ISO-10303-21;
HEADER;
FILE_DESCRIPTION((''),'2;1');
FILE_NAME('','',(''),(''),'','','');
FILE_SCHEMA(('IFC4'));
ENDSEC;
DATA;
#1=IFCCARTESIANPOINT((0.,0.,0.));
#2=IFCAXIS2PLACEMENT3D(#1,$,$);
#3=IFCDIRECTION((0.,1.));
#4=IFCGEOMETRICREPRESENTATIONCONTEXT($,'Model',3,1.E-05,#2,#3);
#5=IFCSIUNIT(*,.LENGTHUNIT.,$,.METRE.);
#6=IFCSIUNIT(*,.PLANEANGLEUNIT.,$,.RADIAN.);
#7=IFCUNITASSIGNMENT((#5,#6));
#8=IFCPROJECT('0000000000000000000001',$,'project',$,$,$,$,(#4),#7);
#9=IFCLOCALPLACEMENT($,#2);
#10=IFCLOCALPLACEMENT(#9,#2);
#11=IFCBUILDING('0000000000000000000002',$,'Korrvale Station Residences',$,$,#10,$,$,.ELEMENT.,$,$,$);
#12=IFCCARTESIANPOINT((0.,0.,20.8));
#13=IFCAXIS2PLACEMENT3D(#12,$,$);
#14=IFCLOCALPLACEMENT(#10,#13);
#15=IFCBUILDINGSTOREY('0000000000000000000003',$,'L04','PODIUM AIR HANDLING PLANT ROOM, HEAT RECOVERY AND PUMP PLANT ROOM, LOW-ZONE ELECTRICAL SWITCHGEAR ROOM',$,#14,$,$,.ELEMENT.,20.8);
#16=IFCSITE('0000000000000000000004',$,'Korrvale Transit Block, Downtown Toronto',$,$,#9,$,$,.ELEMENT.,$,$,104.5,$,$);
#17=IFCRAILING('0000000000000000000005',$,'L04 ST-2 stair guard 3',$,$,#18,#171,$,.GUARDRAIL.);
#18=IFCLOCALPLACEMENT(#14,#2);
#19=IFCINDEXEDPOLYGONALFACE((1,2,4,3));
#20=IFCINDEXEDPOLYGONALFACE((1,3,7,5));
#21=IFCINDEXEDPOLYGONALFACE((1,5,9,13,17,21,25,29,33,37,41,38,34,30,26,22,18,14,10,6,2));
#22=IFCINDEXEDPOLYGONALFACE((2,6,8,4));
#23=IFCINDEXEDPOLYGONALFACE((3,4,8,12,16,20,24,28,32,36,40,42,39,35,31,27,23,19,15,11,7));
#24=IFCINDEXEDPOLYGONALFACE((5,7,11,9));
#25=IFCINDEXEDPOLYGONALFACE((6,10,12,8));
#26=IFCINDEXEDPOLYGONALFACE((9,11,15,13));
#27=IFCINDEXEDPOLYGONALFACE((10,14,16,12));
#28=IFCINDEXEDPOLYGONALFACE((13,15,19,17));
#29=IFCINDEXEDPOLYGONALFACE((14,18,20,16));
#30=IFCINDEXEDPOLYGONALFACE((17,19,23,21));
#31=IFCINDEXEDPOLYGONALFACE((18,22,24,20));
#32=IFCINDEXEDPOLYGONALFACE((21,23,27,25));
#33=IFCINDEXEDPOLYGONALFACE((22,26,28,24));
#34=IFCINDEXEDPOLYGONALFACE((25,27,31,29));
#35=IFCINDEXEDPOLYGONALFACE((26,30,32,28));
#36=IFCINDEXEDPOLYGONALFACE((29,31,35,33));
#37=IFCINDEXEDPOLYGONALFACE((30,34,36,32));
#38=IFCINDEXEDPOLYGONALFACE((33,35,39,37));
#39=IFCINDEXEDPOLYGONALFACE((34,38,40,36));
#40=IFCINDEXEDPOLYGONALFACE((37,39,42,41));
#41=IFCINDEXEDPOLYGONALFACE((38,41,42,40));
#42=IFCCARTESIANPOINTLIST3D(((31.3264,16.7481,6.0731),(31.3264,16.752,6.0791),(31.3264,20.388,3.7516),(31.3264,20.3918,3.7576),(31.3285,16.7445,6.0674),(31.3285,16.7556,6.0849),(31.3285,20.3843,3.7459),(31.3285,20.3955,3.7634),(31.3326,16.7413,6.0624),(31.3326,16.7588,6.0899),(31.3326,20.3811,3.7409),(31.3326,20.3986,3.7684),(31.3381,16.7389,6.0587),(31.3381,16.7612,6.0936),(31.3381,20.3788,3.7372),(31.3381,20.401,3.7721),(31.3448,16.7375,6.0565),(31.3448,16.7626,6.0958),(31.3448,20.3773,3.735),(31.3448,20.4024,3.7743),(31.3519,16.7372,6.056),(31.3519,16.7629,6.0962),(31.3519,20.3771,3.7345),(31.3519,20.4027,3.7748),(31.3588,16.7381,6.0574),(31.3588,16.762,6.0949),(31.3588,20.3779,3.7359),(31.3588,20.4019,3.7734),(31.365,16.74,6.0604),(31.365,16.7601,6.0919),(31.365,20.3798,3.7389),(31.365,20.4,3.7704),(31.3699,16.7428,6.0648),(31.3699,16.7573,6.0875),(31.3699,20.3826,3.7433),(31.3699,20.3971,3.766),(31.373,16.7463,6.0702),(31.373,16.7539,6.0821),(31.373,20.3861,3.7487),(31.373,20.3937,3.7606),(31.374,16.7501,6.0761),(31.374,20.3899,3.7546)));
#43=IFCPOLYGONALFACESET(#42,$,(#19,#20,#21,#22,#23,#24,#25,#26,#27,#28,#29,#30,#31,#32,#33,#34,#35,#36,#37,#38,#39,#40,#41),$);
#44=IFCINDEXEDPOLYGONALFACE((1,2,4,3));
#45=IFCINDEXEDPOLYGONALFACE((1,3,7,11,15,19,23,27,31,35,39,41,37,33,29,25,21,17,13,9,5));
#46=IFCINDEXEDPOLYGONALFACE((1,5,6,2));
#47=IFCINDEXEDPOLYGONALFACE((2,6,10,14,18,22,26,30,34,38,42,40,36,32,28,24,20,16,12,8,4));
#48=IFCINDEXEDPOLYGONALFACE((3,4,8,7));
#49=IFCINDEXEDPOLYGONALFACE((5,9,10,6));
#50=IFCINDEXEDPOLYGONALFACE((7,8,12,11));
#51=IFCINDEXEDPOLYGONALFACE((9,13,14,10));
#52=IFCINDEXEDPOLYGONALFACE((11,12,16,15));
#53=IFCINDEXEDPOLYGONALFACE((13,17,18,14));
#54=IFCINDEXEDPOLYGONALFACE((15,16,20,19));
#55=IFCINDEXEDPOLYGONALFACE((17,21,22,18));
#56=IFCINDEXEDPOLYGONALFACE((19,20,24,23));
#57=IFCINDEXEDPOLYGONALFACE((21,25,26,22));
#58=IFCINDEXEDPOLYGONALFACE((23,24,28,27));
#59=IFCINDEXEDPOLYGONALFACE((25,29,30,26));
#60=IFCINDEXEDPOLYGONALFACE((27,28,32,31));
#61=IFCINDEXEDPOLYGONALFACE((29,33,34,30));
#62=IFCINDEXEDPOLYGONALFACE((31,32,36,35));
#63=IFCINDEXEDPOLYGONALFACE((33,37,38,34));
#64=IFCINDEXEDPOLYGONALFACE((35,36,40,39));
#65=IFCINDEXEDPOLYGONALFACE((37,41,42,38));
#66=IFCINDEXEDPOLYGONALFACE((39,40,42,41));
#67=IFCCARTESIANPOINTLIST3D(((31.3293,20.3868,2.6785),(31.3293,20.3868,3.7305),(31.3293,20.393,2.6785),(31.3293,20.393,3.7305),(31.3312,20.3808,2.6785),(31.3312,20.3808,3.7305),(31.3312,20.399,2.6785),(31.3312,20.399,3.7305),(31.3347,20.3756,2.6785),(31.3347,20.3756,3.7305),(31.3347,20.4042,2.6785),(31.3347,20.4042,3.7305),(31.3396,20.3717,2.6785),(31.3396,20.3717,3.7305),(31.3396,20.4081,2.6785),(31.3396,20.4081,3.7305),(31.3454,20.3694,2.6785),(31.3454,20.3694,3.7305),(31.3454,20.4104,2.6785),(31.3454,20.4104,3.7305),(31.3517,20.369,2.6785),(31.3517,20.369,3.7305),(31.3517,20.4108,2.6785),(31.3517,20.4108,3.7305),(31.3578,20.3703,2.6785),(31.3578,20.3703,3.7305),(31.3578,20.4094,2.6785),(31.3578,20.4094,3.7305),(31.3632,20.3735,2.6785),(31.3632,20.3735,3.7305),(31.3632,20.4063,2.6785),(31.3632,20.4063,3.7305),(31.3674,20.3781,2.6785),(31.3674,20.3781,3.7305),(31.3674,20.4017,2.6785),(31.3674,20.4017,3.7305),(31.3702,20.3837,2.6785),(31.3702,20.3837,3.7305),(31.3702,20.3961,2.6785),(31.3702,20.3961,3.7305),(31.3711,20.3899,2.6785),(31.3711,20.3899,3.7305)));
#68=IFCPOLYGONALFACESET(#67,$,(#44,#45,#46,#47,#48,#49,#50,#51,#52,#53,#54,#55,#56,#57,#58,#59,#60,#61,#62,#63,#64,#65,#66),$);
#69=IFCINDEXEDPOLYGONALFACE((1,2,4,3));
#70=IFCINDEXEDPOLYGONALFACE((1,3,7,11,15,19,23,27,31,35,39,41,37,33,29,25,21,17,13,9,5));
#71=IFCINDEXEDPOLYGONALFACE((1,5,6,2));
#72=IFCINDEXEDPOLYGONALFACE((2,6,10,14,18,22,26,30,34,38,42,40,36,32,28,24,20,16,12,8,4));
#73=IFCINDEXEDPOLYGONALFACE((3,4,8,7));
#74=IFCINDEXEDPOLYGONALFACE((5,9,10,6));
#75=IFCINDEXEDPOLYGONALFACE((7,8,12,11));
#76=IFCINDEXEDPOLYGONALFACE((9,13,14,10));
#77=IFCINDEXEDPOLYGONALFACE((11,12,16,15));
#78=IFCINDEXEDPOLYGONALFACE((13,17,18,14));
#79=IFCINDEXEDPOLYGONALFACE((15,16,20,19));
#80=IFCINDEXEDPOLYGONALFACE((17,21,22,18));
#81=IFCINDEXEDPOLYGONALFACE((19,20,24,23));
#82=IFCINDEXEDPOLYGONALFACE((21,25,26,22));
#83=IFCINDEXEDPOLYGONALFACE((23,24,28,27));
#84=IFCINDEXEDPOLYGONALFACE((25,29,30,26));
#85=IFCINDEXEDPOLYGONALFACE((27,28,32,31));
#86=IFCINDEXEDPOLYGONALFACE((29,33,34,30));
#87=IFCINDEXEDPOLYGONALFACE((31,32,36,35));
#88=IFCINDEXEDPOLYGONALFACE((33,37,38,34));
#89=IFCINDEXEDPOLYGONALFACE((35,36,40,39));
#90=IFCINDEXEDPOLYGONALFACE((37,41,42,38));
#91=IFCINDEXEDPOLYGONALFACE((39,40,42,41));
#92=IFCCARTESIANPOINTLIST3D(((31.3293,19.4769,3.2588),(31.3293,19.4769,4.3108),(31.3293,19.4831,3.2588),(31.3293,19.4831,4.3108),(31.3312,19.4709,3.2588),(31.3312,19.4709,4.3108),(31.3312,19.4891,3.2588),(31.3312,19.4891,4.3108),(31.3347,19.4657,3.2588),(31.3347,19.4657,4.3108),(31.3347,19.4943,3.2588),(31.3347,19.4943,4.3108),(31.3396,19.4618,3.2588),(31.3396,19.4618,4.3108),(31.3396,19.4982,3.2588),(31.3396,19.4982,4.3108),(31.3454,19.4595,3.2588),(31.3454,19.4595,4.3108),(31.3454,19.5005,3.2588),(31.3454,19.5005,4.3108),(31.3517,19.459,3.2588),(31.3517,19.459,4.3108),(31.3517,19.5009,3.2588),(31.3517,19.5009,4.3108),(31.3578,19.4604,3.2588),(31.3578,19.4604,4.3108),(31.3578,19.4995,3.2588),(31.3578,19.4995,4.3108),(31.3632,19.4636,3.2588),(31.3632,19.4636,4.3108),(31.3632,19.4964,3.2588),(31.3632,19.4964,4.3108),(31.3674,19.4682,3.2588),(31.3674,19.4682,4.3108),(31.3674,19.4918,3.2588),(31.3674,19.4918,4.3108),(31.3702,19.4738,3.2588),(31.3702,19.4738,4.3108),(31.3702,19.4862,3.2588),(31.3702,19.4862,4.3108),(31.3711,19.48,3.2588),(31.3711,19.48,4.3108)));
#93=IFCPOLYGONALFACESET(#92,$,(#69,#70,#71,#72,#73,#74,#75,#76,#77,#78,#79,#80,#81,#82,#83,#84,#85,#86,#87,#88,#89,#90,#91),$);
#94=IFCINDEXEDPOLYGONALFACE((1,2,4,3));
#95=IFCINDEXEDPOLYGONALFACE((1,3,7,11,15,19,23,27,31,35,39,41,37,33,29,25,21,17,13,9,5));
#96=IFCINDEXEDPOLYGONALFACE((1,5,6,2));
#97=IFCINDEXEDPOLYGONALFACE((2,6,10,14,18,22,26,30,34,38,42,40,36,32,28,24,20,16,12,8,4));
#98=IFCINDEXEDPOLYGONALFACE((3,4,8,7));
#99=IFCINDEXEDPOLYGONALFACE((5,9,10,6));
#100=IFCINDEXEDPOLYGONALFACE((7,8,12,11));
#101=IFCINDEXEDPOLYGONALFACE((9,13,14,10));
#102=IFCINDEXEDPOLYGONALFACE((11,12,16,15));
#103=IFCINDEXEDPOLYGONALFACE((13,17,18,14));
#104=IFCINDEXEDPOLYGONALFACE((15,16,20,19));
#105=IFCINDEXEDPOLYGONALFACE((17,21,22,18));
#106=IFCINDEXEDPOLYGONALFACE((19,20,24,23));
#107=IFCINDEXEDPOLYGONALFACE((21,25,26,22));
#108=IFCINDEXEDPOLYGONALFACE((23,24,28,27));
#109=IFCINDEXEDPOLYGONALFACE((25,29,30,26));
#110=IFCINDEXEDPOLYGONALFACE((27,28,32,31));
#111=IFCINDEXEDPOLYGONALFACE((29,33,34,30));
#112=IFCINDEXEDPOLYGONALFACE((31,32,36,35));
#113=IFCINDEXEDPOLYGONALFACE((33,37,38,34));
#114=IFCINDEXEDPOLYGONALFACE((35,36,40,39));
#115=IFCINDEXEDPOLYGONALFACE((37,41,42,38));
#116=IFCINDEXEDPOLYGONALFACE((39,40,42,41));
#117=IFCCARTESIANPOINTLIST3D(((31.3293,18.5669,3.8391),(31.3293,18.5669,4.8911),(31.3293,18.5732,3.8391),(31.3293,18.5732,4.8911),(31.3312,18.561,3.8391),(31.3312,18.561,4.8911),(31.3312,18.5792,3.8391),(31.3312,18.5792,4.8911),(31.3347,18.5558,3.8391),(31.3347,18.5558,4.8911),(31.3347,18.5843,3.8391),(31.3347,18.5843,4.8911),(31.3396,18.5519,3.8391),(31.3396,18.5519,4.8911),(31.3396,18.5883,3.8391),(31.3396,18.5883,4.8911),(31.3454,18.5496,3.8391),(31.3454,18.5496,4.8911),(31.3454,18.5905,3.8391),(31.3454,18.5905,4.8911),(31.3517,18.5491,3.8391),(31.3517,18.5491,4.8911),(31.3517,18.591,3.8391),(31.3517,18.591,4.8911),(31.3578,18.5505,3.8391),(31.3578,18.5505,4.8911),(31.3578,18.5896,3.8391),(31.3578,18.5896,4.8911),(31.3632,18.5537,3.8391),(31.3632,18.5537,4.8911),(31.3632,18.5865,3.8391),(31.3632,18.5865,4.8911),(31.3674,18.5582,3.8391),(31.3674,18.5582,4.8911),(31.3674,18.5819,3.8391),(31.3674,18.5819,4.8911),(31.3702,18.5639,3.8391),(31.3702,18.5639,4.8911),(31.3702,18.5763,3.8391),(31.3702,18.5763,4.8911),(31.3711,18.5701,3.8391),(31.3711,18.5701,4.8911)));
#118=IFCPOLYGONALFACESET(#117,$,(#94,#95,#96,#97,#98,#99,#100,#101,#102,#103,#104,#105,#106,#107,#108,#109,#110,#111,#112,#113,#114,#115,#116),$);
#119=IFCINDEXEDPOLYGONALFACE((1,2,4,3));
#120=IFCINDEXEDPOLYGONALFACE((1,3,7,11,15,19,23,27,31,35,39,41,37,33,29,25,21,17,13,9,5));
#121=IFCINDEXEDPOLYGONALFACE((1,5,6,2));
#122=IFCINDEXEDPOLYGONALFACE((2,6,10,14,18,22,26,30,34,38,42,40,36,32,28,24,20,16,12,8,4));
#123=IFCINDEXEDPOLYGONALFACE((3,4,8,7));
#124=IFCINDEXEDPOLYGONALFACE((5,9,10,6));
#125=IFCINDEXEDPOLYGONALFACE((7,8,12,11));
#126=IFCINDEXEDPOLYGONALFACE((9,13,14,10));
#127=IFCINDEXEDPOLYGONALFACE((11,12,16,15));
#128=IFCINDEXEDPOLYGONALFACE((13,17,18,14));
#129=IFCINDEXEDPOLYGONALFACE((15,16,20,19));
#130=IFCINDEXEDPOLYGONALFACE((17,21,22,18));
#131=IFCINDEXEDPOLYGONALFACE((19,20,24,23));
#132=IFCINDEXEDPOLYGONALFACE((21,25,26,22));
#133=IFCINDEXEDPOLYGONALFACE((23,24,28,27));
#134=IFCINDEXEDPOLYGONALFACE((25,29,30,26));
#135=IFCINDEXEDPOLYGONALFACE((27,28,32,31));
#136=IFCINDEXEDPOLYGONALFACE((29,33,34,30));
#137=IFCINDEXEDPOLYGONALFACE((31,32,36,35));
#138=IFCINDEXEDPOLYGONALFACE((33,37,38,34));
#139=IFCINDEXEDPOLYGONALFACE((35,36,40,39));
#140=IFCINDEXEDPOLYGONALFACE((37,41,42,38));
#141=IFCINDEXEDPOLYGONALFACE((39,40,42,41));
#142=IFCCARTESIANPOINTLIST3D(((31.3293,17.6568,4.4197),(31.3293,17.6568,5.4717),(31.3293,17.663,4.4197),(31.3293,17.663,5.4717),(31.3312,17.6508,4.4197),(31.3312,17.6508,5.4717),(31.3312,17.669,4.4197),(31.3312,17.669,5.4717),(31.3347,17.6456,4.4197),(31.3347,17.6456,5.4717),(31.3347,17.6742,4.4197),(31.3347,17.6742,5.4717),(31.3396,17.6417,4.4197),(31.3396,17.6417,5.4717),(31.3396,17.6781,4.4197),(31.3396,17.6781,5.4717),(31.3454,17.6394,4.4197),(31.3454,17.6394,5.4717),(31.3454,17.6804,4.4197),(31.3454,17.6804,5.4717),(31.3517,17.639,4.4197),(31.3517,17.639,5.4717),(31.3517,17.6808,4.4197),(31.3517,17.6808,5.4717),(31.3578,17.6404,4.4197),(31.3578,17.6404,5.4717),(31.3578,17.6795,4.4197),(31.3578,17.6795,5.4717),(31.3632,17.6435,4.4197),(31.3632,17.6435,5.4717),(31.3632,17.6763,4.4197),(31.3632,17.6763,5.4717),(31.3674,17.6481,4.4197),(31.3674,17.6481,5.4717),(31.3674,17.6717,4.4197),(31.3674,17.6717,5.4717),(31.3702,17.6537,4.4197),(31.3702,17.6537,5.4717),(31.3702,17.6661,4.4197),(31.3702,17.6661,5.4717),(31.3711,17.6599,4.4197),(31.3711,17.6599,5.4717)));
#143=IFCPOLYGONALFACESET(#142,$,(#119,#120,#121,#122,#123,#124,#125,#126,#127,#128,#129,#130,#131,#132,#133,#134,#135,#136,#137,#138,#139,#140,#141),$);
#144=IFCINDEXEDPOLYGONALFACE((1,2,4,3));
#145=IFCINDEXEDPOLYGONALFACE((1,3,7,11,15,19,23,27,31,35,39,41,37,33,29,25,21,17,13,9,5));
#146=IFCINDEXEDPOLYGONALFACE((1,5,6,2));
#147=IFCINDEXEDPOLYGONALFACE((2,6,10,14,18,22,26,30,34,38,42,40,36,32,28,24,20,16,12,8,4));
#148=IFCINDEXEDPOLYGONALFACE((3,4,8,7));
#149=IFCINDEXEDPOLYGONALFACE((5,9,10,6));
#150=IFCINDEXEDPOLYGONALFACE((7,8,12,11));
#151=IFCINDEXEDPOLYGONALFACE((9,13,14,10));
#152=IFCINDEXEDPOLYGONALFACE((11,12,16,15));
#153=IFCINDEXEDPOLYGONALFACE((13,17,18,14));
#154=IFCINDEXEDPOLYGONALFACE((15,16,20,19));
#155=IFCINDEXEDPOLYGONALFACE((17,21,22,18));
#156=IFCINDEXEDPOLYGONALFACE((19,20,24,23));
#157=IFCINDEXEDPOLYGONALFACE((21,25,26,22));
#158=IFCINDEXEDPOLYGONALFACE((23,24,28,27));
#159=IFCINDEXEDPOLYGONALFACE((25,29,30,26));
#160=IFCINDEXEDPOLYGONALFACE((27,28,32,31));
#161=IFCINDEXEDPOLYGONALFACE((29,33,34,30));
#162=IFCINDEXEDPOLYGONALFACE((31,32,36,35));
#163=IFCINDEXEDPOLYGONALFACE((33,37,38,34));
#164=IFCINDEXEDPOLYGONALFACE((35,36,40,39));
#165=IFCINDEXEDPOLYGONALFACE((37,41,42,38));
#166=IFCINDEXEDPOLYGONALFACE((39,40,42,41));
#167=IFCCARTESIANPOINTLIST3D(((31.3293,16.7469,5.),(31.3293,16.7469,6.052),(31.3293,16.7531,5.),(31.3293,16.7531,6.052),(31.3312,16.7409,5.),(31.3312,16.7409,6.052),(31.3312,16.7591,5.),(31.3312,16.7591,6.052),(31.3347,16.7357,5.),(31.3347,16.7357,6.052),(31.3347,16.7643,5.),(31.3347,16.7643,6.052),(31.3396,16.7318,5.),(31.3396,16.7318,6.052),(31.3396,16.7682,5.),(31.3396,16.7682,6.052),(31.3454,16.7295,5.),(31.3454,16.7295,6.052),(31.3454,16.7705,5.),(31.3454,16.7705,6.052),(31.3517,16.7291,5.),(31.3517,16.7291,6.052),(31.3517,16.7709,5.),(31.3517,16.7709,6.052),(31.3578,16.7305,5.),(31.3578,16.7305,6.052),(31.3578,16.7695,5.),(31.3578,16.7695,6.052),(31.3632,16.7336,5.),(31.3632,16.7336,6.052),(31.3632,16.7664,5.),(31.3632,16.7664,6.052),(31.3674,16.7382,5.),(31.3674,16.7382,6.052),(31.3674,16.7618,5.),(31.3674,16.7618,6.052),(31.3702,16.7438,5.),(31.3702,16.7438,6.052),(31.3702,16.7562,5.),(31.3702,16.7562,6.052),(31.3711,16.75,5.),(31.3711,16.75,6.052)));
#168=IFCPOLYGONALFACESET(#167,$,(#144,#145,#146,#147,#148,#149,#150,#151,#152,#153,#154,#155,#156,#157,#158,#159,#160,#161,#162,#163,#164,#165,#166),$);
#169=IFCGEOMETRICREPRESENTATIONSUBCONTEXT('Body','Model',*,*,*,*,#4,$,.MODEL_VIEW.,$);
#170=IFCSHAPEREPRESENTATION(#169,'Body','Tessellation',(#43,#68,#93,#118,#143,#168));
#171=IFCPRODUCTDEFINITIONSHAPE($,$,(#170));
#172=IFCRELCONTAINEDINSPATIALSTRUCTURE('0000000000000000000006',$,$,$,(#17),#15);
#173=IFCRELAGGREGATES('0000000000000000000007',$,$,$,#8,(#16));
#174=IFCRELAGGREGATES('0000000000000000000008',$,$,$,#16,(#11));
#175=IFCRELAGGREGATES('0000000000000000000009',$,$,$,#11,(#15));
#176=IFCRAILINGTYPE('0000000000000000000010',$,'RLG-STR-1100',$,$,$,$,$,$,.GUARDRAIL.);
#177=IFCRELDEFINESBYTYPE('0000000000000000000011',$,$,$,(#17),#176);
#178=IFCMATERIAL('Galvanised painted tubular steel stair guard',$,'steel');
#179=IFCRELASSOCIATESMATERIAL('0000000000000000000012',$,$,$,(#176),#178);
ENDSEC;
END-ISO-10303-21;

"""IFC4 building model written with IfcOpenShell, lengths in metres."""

from ifc_helpers import new_model, si_unit, direction, frame, origin, origin_2d, place, context, subcontext, project, spatial, circle, extrude, material, type_object, element, save


model = new_model("IFC4")

# Units and contexts
model_context = context("Model", 3, precision=1e-05, world=origin(), true_north=direction((0.0, 1.0)))
body_context = subcontext(model_context, "Body", "Model", "MODEL_VIEW")
ifc_project = project(units=[si_unit("LENGTHUNIT", "METRE"), si_unit("PLANEANGLEUNIT", "RADIAN")], contexts=[model_context])

# Site, building, storey
site_placement = place(None, origin())
site = spatial("IfcSite", under=ifc_project, at=site_placement, Name="Korrvale Transit Block, Downtown Toronto", CompositionType="ELEMENT", RefElevation=104.5)
building_placement = place(site_placement, origin())
building = spatial("IfcBuilding", under=site, at=building_placement, Name="Korrvale Station Residences", CompositionType="ELEMENT")
storey_placement = place(building_placement, frame((0.0, 0.0, 20.8)))
storey = spatial("IfcBuildingStorey", under=building, at=storey_placement, Name="L04", Description="PODIUM AIR HANDLING PLANT ROOM, HEAT RECOVERY AND PUMP PLANT ROOM, LOW-ZONE ELECTRICAL SWITCHGEAR ROOM", CompositionType="ELEMENT", Elevation=20.8)

# Railing
ifc_material_1 = material(Name="Galvanised painted tubular steel stair guard", Category="steel")
railing_type_1 = type_object("IfcRailingType", Name="RLG-STR-1100", PredefinedType="GUARDRAIL", material=ifc_material_1)
railing_1_placement = place(storey_placement, frame((31.3501, 20.3899, 2.6785)))
element("IfcRailing", 1, at=railing_1_placement, inside=storey, type_object=railing_type_1, Name="L04 ST-2 stair guard 3", PredefinedType="GUARDRAIL", context=body_context, shape_type="SweptSolid", body=[
    extrude(circle(Radius=0.0239, at=origin_2d()), frame((0.0, 0.0, 1.0762), z_axis=(0.0, -0.843112, 0.537739), x_axis=(1.0, 0.0, 0.0)), (0.0, 0.0, 1.0), 4.3171),
    extrude(circle(Radius=0.021, at=origin_2d()), origin(), (0.0, 0.0, 1.0), 1.052),
    extrude(circle(Radius=0.021, at=origin_2d()), frame((0.0, -0.9099, 0.5803)), (0.0, 0.0, 1.0), 1.052),
    extrude(circle(Radius=0.021, at=origin_2d()), frame((0.0, -1.8198, 1.1606)), (0.0, 0.0, 1.0), 1.052),
    extrude(circle(Radius=0.021, at=origin_2d()), frame((0.0, -2.73, 1.7412)), (0.0, 0.0, 1.0), 1.052),
    extrude(circle(Radius=0.021, at=origin_2d()), frame((0.0, -3.6399, 2.3215)), (0.0, 0.0, 1.0), 1.052),
])

save(model, "model.ifc")
